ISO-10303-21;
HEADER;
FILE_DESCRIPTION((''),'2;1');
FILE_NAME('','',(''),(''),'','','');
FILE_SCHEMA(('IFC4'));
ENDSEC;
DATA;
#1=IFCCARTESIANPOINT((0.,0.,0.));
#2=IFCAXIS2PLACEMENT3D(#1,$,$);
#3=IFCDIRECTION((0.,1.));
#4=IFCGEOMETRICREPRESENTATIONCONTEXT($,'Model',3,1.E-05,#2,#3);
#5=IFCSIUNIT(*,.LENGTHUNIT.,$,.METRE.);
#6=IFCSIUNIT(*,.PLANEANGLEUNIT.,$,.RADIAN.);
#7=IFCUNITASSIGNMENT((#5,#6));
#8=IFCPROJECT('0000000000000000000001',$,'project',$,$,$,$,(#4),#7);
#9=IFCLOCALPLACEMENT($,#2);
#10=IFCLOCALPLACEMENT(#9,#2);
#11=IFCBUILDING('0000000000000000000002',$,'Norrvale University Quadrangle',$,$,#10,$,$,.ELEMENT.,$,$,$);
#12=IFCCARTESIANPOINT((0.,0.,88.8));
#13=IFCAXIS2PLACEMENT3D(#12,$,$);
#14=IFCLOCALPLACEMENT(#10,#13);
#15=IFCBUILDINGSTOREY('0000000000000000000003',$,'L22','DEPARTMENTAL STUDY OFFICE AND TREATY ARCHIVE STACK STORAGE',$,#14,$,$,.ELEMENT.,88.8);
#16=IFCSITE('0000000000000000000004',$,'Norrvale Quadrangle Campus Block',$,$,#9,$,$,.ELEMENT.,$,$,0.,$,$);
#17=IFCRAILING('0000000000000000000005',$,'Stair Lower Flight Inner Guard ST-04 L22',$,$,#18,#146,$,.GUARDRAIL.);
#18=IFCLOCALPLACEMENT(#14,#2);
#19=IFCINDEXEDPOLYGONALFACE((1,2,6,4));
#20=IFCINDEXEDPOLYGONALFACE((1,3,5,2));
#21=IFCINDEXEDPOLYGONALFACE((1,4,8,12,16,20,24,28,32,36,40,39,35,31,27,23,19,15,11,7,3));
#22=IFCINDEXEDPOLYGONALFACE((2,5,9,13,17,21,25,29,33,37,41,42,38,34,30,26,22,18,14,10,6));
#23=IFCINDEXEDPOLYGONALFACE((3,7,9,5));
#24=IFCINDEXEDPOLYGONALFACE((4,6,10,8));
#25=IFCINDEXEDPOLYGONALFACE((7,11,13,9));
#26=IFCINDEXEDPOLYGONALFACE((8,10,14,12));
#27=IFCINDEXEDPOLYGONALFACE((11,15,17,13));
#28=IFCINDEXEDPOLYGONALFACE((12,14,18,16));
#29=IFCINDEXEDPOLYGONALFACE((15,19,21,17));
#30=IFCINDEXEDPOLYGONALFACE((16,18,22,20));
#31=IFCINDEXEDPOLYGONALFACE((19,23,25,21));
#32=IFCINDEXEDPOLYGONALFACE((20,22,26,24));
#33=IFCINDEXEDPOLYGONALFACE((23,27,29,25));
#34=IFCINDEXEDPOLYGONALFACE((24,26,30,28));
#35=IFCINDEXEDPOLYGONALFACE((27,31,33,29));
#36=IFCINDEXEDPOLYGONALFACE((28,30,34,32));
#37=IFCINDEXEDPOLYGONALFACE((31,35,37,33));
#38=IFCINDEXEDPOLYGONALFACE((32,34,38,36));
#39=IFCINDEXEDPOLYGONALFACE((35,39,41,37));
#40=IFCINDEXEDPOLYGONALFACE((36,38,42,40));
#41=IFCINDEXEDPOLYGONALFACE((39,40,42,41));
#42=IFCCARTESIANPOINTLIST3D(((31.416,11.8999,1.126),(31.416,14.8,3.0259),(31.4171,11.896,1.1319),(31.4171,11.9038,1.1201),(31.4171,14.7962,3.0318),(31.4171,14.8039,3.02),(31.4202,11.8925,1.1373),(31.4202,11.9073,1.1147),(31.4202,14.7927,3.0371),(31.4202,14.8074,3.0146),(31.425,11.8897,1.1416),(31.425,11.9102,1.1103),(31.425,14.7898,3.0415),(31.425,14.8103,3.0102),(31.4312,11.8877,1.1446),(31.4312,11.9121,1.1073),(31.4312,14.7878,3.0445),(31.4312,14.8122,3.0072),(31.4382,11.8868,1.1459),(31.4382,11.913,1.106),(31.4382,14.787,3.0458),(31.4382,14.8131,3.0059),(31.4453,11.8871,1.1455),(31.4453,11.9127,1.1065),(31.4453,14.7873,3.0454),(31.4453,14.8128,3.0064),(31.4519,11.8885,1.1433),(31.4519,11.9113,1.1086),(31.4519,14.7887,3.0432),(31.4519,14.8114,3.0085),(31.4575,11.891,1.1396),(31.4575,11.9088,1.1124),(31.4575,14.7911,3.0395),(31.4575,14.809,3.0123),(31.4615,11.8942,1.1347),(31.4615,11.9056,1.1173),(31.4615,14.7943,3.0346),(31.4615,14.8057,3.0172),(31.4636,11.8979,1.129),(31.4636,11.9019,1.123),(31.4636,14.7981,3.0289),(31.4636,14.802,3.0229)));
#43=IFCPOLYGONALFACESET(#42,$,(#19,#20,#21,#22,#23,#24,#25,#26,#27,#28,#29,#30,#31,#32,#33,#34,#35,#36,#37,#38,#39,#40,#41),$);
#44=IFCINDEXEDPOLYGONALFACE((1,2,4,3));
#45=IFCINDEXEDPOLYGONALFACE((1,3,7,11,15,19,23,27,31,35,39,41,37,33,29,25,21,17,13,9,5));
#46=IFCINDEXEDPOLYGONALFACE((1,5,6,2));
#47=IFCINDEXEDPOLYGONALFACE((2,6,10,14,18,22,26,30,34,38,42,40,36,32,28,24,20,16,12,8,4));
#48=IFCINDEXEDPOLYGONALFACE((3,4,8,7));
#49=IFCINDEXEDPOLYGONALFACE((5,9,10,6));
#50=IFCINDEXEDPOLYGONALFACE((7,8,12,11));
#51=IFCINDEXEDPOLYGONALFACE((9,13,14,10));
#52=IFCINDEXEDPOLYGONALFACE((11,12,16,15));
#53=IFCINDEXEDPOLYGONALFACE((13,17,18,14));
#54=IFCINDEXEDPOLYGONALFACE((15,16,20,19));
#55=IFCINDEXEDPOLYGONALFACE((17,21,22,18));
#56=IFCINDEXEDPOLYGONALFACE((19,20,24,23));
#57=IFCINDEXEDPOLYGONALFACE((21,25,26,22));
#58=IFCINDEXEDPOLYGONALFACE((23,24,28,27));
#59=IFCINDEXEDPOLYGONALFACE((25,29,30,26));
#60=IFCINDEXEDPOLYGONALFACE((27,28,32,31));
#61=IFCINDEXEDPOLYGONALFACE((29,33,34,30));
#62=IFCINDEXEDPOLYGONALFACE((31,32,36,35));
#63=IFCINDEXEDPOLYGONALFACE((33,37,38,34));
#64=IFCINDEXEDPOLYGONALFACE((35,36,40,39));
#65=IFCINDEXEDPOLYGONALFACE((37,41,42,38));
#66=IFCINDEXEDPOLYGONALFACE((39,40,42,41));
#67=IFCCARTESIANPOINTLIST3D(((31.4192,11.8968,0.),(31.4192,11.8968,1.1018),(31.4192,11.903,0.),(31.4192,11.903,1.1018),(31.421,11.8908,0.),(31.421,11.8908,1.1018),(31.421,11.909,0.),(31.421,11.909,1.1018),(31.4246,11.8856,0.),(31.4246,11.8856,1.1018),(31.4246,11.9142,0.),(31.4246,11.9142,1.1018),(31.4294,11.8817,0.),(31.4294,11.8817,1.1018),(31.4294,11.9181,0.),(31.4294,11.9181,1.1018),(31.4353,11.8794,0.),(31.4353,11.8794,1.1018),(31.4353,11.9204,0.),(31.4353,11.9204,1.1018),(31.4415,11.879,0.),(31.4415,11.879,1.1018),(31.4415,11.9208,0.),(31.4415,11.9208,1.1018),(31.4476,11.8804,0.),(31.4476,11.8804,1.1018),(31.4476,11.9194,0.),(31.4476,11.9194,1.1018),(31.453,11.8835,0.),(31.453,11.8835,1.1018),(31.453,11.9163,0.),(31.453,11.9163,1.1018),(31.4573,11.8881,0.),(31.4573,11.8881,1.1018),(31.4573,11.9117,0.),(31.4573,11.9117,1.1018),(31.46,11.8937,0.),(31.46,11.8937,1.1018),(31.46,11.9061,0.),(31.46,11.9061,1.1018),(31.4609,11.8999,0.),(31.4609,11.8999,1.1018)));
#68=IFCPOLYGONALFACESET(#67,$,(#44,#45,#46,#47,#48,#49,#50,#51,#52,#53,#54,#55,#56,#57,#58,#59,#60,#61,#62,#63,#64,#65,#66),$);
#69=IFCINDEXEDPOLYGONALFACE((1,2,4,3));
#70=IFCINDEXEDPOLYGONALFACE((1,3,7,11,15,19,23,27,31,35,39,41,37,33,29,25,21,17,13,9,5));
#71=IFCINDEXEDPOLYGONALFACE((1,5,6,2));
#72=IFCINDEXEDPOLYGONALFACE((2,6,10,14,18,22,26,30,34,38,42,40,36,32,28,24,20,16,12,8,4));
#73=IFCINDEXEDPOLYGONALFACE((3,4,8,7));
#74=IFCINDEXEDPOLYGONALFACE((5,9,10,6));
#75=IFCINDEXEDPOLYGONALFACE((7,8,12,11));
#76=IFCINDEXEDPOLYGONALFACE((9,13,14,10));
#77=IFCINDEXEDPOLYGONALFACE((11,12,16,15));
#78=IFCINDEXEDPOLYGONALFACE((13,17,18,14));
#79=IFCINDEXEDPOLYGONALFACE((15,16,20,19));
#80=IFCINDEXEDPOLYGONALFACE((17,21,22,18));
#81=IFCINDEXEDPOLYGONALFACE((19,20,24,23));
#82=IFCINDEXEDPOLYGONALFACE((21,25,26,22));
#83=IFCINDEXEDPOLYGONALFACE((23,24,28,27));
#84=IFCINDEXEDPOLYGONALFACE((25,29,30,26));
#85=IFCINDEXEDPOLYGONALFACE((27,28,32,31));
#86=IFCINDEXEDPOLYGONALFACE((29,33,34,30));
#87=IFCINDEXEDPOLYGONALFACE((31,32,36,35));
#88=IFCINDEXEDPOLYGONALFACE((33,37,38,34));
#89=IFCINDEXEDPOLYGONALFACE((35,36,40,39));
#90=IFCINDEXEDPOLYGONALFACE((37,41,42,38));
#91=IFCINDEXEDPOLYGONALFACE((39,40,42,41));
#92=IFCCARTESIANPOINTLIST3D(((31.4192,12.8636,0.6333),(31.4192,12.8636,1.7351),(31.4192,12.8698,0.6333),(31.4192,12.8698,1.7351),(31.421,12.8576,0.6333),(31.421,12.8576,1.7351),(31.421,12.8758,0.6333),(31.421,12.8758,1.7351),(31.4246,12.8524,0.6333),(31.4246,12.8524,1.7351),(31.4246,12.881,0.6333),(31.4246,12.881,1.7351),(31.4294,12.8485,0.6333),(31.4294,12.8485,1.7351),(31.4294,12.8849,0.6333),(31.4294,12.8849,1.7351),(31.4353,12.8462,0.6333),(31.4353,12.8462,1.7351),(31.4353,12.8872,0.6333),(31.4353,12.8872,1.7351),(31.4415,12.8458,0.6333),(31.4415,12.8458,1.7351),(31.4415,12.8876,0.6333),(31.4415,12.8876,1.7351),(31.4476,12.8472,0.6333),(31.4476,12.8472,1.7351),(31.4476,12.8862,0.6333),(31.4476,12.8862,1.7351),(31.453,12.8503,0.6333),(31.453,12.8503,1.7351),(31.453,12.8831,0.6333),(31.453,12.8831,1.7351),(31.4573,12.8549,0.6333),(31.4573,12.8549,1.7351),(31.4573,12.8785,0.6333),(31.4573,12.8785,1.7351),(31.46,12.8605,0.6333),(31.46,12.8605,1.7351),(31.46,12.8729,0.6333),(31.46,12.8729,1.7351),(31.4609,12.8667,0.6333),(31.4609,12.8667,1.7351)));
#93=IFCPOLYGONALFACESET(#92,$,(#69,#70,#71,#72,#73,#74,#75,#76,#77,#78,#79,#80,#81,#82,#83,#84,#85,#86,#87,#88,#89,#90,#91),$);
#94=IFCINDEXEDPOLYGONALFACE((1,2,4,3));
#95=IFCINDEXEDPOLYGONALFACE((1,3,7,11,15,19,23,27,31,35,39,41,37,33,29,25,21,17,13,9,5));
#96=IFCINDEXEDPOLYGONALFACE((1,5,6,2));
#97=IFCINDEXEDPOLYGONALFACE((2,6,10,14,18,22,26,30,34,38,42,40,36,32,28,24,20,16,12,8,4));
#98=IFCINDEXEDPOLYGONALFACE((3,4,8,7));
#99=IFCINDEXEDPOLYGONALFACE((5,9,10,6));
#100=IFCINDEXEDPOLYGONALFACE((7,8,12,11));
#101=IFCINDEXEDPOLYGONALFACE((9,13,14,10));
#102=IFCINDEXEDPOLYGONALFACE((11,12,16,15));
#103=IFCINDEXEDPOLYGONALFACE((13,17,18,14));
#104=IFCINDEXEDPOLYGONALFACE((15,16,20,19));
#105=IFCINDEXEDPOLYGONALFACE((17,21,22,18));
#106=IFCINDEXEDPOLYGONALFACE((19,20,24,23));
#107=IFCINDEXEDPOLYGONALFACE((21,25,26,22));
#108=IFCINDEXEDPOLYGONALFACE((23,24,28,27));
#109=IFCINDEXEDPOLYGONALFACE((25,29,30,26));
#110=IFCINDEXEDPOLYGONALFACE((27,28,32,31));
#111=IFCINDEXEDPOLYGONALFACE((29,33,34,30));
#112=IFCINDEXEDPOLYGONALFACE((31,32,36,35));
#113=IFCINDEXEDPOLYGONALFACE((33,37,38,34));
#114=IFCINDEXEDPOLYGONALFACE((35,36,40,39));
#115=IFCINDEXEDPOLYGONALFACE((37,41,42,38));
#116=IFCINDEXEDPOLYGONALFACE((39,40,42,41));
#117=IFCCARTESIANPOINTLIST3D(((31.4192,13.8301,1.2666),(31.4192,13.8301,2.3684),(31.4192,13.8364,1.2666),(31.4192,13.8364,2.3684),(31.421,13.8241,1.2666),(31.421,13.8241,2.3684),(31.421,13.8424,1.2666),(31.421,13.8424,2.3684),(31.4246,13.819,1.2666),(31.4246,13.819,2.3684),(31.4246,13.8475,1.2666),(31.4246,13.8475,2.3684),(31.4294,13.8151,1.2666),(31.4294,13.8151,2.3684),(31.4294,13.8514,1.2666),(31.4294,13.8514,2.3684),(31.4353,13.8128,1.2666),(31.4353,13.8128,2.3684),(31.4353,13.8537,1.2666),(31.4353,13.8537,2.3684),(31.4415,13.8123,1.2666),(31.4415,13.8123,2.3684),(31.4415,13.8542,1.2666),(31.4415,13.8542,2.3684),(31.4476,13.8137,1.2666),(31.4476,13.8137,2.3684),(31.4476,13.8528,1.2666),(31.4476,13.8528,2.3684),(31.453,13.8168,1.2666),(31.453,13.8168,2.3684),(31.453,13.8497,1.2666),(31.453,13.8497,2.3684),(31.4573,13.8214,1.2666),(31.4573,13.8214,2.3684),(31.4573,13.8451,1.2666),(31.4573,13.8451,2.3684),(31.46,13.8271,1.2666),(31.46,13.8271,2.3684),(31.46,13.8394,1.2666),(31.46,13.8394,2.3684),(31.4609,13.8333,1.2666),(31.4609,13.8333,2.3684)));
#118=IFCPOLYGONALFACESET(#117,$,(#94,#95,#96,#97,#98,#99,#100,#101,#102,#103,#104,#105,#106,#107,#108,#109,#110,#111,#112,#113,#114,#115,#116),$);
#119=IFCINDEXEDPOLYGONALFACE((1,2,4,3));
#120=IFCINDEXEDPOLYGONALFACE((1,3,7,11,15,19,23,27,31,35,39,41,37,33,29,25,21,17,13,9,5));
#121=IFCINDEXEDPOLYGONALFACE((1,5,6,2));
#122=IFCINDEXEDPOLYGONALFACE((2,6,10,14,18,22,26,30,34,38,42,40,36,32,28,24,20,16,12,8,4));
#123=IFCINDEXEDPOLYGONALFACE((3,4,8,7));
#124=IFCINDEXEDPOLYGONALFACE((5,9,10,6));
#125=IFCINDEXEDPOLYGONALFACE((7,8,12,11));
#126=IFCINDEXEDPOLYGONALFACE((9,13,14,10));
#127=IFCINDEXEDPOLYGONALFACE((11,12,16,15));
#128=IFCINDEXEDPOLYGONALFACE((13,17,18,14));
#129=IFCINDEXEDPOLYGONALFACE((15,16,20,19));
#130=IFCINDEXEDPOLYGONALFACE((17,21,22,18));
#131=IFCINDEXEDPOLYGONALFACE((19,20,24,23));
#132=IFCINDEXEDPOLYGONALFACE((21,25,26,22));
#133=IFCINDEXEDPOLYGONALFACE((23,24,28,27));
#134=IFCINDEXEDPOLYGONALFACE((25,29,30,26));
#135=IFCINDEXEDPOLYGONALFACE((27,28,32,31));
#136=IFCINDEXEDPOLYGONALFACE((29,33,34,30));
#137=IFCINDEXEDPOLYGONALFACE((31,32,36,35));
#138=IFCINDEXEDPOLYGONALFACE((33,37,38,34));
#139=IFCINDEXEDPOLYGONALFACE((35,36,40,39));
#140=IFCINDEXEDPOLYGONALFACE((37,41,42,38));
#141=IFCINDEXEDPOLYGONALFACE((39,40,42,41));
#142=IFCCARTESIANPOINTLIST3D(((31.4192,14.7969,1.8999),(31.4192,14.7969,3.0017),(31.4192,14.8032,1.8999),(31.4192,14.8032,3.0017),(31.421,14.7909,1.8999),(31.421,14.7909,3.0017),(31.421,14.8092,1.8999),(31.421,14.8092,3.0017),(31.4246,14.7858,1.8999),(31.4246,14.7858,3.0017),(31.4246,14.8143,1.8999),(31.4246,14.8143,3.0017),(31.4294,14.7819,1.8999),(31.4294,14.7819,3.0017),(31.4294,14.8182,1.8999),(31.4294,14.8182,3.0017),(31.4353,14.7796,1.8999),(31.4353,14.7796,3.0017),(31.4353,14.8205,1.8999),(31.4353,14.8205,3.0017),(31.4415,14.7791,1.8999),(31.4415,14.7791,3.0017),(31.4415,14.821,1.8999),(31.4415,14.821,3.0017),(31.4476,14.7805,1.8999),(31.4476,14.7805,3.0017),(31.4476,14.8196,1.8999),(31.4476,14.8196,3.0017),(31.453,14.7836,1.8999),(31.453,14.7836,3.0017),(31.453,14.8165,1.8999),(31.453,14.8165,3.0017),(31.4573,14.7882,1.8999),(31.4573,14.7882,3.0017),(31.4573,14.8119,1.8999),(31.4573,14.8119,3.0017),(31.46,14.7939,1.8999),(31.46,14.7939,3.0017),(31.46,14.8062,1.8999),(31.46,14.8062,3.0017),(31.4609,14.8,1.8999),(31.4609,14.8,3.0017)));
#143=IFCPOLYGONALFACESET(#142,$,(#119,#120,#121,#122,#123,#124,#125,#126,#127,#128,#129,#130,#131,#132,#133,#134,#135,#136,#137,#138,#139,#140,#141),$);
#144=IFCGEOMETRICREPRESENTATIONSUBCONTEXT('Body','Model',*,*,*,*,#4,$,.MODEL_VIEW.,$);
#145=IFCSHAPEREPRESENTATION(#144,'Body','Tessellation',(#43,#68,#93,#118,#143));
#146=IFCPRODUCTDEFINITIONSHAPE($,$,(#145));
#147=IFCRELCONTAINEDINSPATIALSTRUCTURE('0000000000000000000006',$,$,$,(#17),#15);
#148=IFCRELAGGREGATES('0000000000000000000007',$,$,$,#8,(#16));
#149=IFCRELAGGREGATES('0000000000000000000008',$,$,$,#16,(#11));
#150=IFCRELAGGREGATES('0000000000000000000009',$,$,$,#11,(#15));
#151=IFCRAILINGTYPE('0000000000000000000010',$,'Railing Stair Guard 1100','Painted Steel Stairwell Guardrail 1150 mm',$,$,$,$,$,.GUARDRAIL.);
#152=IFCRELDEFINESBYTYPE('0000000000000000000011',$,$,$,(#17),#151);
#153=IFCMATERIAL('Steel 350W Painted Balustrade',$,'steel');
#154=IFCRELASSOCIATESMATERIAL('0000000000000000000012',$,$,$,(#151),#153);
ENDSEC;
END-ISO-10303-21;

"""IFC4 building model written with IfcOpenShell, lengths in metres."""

from ifc_helpers import new_model, si_unit, direction, frame, origin, origin_2d, place, context, subcontext, project, spatial, circle, extrude, material, type_object, element, save


model = new_model("IFC4")

# Units and contexts
model_context = context("Model", 3, precision=1e-05, world=origin(), true_north=direction((0.0, 1.0)))
body_context = subcontext(model_context, "Body", "Model", "MODEL_VIEW")
ifc_project = project(units=[si_unit("LENGTHUNIT", "METRE"), si_unit("PLANEANGLEUNIT", "RADIAN")], contexts=[model_context])

# Site, building, storey
site_placement = place(None, origin())
site = spatial("IfcSite", under=ifc_project, at=site_placement, Name="Norrvale Quadrangle Campus Block", CompositionType="ELEMENT", RefElevation=0.0)
building_placement = place(site_placement, origin())
building = spatial("IfcBuilding", under=site, at=building_placement, Name="Norrvale University Quadrangle", CompositionType="ELEMENT")
storey_placement = place(building_placement, frame((0.0, 0.0, 88.8)))
storey = spatial("IfcBuildingStorey", under=building, at=storey_placement, Name="L22", Description="DEPARTMENTAL STUDY OFFICE AND TREATY ARCHIVE STACK STORAGE", CompositionType="ELEMENT", Elevation=88.8)

# Railing
ifc_material_1 = material(Name="Steel 350W Painted Balustrade", Category="steel")
railing_type_1 = type_object("IfcRailingType", Name="Railing Stair Guard 1100", Description="Painted Steel Stairwell Guardrail 1150 mm", PredefinedType="GUARDRAIL", material=ifc_material_1)
railing_1_placement = place(storey_placement, frame((31.4399, 11.8999, 0.0)))
element("IfcRailing", 1, at=railing_1_placement, inside=storey, type_object=railing_type_1, Name="Stair Lower Flight Inner Guard ST-04 L22", PredefinedType="GUARDRAIL", context=body_context, shape_type="SweptSolid", body=[
    extrude(circle(Radius=0.0239, at=origin_2d()), frame((0.0, 0.0, 1.126), z_axis=(0.0, 0.836487, 0.547987), x_axis=(-1.0, 0.0, 0.0)), (0.0, 0.0, 1.0), 3.467),
    extrude(circle(Radius=0.021, at=origin_2d()), origin(), (0.0, 0.0, 1.0), 1.1018),
    extrude(circle(Radius=0.021, at=origin_2d()), frame((0.0, 0.9668, 0.6333)), (0.0, 0.0, 1.0), 1.1018),
    extrude(circle(Radius=0.021, at=origin_2d()), frame((0.0, 1.9333, 1.2666)), (0.0, 0.0, 1.0), 1.1018),
    extrude(circle(Radius=0.021, at=origin_2d()), frame((0.0, 2.9001, 1.8999)), (0.0, 0.0, 1.0), 1.1018),
])

save(model, "model.ifc")
